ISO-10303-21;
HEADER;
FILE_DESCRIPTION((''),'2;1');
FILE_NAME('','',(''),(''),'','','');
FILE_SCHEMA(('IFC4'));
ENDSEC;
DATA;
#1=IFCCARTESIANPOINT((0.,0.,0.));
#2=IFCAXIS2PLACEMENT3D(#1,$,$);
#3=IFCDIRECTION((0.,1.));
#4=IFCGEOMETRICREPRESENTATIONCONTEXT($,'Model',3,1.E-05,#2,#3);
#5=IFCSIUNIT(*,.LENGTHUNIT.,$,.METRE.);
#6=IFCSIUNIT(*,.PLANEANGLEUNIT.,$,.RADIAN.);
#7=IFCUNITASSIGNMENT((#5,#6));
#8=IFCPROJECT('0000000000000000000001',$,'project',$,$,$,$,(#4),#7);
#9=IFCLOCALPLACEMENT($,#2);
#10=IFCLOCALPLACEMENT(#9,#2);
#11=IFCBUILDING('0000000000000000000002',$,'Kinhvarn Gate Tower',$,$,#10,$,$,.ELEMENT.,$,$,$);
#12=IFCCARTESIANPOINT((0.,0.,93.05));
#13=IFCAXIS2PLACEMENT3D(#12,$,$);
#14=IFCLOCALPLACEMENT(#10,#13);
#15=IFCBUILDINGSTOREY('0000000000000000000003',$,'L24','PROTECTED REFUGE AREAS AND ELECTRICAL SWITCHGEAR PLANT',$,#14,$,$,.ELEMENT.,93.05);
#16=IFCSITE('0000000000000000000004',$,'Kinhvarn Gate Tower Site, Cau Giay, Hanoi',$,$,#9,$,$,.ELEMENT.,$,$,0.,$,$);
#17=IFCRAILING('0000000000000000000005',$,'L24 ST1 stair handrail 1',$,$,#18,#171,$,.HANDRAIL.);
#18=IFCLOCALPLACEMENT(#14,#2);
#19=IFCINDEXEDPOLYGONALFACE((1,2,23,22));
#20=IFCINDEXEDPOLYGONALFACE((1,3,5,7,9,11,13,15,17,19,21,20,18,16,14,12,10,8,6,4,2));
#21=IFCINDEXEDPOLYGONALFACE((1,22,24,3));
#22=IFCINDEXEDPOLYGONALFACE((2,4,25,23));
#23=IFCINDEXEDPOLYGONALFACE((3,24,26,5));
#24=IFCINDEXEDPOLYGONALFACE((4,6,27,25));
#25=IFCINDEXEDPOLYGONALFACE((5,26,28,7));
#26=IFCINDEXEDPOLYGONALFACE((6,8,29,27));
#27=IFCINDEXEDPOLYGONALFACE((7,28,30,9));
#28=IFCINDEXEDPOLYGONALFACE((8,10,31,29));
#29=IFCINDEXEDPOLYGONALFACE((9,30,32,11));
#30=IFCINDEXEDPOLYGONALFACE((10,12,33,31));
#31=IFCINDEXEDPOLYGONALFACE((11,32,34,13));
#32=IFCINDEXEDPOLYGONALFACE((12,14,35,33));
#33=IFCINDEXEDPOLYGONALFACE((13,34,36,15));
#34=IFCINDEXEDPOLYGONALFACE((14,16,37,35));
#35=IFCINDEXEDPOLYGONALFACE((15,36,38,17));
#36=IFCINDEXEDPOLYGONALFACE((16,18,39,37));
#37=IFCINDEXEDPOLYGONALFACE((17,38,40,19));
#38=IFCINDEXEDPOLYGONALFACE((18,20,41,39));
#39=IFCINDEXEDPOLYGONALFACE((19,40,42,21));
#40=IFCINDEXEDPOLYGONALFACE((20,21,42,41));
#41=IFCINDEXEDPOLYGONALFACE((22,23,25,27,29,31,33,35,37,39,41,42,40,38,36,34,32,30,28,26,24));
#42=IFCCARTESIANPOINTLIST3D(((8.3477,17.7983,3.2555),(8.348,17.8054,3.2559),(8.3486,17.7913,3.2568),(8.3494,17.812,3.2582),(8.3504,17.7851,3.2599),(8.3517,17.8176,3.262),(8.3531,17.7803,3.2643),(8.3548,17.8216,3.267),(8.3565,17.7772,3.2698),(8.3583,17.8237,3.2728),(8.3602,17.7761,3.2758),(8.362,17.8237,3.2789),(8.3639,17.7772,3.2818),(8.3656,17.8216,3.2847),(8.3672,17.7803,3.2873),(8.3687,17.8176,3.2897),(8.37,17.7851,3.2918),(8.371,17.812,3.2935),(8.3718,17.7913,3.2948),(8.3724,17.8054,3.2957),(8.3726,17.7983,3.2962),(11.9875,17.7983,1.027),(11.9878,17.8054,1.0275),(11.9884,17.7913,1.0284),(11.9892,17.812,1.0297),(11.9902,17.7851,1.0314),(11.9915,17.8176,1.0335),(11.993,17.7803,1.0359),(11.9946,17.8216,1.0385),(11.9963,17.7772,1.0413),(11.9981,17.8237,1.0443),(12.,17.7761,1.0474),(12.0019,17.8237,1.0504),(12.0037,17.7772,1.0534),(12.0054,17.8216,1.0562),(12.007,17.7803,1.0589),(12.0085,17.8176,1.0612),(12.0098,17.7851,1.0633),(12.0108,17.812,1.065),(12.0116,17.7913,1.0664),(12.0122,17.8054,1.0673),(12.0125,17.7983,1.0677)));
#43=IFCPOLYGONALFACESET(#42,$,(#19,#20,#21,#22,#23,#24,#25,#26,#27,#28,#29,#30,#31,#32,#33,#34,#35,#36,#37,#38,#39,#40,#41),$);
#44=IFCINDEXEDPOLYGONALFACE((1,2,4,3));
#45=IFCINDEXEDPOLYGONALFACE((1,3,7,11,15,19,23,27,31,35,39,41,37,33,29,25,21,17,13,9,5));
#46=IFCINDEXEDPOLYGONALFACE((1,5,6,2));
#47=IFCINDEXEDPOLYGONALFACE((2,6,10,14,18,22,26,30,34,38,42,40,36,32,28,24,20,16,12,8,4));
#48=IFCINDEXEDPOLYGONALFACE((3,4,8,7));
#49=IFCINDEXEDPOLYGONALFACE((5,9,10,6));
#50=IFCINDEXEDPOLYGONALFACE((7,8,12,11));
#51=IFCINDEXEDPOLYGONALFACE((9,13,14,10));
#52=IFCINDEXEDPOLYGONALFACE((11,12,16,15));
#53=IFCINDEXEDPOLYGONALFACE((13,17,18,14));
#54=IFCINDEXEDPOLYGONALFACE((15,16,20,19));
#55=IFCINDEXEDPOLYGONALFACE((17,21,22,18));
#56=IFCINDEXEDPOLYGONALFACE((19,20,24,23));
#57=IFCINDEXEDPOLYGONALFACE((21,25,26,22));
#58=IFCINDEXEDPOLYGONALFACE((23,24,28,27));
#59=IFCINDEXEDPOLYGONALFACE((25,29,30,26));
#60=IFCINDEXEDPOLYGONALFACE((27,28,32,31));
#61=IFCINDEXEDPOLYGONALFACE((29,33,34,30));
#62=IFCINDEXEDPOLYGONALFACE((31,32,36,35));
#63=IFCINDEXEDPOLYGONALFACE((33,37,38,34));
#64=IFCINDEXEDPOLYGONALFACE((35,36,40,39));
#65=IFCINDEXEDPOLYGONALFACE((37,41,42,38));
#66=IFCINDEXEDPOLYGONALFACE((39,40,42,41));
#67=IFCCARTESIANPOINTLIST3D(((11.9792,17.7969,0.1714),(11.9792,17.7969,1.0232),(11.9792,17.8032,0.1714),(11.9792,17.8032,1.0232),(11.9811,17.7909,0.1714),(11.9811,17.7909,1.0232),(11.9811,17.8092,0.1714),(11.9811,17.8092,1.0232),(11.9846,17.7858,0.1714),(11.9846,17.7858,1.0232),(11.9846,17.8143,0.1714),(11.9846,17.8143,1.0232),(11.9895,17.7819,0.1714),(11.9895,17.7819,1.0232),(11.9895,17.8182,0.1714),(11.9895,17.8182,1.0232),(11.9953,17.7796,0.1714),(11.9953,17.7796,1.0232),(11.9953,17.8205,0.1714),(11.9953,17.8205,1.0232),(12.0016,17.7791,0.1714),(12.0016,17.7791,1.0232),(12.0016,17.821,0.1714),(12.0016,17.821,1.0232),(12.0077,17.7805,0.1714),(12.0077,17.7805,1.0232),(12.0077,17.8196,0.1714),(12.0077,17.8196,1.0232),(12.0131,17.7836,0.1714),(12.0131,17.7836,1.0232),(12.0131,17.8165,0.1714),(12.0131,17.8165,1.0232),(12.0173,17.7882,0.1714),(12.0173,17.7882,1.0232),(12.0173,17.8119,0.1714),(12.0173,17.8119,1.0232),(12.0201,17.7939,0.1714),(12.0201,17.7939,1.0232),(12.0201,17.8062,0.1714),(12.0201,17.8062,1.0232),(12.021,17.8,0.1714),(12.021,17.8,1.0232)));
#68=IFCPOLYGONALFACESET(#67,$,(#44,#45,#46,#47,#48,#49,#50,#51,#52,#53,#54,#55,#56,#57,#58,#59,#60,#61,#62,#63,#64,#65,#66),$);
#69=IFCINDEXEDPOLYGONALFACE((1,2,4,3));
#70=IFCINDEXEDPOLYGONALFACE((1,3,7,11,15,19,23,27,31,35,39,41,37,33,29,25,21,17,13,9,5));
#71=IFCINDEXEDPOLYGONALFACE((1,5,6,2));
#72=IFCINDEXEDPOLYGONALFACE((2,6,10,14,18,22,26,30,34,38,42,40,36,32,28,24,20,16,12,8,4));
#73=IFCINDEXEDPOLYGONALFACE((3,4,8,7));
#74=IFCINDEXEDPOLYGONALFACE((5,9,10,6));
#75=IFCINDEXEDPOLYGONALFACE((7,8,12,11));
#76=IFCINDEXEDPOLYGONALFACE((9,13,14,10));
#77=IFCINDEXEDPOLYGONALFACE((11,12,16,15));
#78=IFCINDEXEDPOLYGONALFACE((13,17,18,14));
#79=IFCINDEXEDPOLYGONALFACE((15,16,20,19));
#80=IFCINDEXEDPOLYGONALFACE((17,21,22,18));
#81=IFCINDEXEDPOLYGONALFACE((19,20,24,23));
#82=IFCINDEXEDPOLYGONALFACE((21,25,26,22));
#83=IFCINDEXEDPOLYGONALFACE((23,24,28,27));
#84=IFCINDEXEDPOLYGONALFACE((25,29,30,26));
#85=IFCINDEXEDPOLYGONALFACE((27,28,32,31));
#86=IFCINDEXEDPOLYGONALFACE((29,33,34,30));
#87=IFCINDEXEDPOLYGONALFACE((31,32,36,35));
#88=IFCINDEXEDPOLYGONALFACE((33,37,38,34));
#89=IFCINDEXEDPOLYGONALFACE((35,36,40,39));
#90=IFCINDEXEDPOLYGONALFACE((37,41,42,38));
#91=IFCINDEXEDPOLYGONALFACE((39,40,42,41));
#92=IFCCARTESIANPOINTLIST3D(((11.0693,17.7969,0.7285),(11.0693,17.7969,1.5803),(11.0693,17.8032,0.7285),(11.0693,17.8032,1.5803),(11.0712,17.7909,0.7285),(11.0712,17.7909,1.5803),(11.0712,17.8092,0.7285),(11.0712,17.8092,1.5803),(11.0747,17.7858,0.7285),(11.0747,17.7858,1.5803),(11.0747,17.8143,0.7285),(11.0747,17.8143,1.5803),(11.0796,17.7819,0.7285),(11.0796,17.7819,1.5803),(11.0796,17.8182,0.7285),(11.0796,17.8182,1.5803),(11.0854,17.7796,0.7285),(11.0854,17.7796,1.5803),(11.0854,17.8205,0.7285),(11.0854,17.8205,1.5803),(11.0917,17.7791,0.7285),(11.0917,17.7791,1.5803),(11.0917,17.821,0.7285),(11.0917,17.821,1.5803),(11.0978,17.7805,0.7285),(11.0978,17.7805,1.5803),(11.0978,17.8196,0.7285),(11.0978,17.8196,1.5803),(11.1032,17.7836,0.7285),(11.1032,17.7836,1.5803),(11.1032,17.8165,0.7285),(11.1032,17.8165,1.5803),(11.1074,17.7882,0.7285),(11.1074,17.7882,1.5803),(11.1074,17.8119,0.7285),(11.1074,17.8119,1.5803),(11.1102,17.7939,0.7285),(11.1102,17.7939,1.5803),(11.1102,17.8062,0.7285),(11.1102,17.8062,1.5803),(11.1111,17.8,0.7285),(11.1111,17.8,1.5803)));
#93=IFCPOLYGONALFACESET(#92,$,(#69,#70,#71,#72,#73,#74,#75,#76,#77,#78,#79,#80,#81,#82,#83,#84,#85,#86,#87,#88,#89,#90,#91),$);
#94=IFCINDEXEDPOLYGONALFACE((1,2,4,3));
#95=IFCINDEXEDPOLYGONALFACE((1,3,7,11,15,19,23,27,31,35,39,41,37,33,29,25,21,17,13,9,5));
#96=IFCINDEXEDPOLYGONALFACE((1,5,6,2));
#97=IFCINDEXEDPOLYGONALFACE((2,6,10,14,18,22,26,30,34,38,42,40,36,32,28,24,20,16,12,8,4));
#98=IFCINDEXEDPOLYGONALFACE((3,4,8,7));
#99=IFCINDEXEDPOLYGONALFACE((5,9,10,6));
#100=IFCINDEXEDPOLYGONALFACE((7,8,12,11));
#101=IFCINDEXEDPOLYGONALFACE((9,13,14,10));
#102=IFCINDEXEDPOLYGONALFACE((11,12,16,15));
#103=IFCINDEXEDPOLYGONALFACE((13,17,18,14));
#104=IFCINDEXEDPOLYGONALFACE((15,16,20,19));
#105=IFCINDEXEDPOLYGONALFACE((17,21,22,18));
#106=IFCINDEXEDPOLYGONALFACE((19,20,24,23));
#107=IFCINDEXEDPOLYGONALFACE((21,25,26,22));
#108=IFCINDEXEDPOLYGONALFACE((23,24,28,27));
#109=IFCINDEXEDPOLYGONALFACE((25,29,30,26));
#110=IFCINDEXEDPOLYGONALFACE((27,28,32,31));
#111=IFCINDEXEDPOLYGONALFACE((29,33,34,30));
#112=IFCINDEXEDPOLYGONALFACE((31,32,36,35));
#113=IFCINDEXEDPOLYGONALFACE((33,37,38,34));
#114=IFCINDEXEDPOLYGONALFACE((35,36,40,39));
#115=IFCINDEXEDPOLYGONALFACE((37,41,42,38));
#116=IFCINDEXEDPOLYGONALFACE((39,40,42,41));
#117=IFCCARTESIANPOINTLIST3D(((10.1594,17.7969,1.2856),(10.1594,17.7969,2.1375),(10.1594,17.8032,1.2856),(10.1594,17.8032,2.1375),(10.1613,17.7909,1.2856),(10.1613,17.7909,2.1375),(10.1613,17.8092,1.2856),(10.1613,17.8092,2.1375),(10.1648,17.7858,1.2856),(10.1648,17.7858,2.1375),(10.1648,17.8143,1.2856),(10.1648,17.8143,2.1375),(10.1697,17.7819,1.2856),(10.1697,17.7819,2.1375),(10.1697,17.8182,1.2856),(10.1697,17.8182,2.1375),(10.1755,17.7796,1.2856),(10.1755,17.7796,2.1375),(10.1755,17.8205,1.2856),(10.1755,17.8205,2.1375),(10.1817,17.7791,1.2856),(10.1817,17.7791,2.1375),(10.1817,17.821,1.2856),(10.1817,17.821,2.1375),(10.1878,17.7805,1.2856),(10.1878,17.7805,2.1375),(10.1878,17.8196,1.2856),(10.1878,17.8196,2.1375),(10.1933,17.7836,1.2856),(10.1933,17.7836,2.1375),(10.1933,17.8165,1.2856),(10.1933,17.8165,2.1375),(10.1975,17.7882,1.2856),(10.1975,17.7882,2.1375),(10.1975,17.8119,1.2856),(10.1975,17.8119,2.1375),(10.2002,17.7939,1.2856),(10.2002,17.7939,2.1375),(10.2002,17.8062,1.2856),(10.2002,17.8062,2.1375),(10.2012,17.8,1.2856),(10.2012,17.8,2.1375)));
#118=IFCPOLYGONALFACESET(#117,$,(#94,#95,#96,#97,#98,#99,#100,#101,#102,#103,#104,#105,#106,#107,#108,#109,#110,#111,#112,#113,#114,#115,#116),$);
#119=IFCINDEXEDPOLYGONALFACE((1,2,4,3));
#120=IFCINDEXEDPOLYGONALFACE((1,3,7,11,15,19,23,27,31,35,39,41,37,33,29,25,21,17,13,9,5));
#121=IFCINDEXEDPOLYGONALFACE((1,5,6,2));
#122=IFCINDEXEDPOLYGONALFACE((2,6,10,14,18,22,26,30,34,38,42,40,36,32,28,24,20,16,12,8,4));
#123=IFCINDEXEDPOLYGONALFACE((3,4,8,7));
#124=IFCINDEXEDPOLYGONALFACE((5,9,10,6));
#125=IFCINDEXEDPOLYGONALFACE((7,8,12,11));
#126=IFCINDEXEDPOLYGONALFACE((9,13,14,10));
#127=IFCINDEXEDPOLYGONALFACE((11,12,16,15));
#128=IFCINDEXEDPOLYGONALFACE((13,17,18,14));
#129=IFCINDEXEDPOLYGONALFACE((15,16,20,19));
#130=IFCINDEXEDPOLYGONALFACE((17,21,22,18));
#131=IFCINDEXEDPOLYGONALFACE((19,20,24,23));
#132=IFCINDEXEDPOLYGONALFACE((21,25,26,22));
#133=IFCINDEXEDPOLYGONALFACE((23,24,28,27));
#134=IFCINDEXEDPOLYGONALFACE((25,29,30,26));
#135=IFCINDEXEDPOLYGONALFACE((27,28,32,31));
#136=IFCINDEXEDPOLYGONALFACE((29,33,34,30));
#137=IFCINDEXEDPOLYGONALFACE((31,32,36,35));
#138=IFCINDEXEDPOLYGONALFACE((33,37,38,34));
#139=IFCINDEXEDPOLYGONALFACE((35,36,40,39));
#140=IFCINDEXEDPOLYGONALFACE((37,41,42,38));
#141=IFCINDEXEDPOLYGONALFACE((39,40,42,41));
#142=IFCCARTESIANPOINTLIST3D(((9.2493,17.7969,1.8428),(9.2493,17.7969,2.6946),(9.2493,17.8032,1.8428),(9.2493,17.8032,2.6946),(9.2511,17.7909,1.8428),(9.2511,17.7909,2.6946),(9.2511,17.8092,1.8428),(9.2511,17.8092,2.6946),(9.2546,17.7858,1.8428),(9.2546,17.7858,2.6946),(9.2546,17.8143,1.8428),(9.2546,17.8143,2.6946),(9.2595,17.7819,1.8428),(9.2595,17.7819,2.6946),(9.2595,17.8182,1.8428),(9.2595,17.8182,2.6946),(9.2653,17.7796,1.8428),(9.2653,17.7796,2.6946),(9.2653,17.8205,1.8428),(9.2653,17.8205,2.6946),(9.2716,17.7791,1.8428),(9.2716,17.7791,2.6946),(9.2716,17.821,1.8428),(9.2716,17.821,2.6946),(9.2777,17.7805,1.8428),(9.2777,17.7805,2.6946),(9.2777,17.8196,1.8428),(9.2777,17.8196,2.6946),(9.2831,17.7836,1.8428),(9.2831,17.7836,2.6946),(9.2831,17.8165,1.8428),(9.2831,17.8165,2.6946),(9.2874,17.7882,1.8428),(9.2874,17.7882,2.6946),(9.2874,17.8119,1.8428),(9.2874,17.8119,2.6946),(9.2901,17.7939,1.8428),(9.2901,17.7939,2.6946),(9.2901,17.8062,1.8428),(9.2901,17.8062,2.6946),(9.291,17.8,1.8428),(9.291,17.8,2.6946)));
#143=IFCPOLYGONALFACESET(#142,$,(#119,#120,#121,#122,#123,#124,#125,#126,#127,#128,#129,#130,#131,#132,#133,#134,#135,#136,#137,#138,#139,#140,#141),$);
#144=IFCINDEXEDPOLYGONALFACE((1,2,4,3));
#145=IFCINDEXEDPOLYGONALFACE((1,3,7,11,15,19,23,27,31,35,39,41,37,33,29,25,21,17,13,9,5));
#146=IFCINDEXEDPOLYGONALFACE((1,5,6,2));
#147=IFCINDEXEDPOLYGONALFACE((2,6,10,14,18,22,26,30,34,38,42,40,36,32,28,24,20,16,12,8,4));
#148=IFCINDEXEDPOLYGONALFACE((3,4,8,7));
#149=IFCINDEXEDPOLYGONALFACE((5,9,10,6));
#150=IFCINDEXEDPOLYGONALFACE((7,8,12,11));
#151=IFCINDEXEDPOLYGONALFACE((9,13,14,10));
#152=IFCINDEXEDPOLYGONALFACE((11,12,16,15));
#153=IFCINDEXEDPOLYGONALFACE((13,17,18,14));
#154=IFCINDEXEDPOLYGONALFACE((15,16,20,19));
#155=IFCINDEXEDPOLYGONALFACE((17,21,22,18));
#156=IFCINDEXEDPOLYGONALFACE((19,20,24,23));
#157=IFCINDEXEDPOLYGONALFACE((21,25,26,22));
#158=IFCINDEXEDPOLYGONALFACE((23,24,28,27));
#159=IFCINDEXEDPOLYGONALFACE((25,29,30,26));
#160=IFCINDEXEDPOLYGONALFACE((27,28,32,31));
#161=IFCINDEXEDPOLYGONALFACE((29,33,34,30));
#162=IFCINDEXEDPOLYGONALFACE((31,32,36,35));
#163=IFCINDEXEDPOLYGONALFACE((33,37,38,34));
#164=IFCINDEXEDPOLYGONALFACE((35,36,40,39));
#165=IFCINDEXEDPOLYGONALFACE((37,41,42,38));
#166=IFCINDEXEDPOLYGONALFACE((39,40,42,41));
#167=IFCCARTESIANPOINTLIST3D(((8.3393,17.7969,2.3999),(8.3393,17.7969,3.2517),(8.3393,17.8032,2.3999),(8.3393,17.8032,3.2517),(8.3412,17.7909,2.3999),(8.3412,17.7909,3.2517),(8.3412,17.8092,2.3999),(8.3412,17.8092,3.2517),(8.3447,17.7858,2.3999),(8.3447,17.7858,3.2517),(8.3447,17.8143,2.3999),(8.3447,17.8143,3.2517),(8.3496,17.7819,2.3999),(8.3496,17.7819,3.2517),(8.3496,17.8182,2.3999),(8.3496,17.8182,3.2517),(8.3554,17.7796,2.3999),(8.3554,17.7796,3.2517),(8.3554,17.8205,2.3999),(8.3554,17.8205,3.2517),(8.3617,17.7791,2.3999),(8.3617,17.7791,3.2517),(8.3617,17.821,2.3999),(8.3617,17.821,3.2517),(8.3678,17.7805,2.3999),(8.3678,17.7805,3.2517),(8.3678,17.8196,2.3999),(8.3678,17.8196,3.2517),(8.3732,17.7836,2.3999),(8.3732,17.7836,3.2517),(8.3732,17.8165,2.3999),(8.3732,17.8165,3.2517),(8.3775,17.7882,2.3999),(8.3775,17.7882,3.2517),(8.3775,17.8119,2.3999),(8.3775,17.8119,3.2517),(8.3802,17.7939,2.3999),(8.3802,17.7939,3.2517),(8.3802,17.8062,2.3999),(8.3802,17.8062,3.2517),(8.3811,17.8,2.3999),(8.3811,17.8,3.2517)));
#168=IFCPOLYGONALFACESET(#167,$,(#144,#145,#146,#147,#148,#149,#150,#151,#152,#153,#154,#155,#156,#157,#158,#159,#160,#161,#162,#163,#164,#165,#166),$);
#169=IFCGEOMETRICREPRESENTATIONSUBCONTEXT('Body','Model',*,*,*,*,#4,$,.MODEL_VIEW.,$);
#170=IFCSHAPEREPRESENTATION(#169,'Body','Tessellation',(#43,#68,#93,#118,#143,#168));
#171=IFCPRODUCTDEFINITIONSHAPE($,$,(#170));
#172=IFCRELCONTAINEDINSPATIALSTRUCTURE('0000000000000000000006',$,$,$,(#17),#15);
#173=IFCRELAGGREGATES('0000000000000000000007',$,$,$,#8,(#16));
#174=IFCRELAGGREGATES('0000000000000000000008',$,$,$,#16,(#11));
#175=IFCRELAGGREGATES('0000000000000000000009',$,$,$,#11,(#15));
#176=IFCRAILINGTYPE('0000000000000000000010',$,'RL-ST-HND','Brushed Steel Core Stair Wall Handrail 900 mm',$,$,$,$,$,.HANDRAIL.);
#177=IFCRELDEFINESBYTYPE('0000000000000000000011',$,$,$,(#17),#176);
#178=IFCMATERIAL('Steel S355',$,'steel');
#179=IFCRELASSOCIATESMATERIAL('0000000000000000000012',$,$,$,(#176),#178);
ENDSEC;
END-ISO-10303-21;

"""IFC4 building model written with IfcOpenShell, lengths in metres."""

from ifc_helpers import new_model, si_unit, direction, frame, origin, origin_2d, place, context, subcontext, project, spatial, circle, extrude, material, type_object, element, save


model = new_model("IFC4")

# Units and contexts
model_context = context("Model", 3, precision=1e-05, world=origin(), true_north=direction((0.0, 1.0)))
body_context = subcontext(model_context, "Body", "Model", "MODEL_VIEW")
ifc_project = project(units=[si_unit("LENGTHUNIT", "METRE"), si_unit("PLANEANGLEUNIT", "RADIAN")], contexts=[model_context])

# Site, building, storey
site_placement = place(None, origin())
site = spatial("IfcSite", under=ifc_project, at=site_placement, Name="Kinhvarn Gate Tower Site, Cau Giay, Hanoi", CompositionType="ELEMENT", RefElevation=0.0)
building_placement = place(site_placement, origin())
building = spatial("IfcBuilding", under=site, at=building_placement, Name="Kinhvarn Gate Tower", CompositionType="ELEMENT")
storey_placement = place(building_placement, frame((0.0, 0.0, 93.05)))
storey = spatial("IfcBuildingStorey", under=building, at=storey_placement, Name="L24", Description="PROTECTED REFUGE AREAS AND ELECTRICAL SWITCHGEAR PLANT", CompositionType="ELEMENT", Elevation=93.05)

# Shared definitions
ifc_material_1 = material(Name="Steel S355", Category="steel")

# Railing
railing_type_1 = type_object("IfcRailingType", Name="RL-ST-HND", Description="Brushed Steel Core Stair Wall Handrail 900 mm", PredefinedType="HANDRAIL", material=ifc_material_1)
railing_1_placement = place(storey_placement, frame((12.0, 17.8, 0.1714)))
element("IfcRailing", 1, at=railing_1_placement, inside=storey, type_object=railing_type_1, Name="L24 ST1 stair handrail 1", PredefinedType="HANDRAIL", context=body_context, shape_type="SweptSolid", body=[
    extrude(circle(Radius=0.0239, at=origin_2d()), frame((0.0, 0.0, 0.876), z_axis=(-0.85285, 0.0, 0.522156), x_axis=(0.0, -1.0, 0.0)), (0.0, 0.0, 1.0), 4.2678),
    extrude(circle(Radius=0.021, at=origin_2d()), origin(), (0.0, 0.0, 1.0), 0.8518),
    extrude(circle(Radius=0.021, at=origin_2d()), frame((-0.9099, 0.0, 0.5571)), (0.0, 0.0, 1.0), 0.8518),
    extrude(circle(Radius=0.021, at=origin_2d()), frame((-1.8198, 0.0, 1.1143)), (0.0, 0.0, 1.0), 0.8518),
    extrude(circle(Radius=0.021, at=origin_2d()), frame((-2.73, 0.0, 1.6714)), (0.0, 0.0, 1.0), 0.8518),
    extrude(circle(Radius=0.021, at=origin_2d()), frame((-3.6399, 0.0, 2.2285)), (0.0, 0.0, 1.0), 0.8518),
])

save(model, "model.ifc")
